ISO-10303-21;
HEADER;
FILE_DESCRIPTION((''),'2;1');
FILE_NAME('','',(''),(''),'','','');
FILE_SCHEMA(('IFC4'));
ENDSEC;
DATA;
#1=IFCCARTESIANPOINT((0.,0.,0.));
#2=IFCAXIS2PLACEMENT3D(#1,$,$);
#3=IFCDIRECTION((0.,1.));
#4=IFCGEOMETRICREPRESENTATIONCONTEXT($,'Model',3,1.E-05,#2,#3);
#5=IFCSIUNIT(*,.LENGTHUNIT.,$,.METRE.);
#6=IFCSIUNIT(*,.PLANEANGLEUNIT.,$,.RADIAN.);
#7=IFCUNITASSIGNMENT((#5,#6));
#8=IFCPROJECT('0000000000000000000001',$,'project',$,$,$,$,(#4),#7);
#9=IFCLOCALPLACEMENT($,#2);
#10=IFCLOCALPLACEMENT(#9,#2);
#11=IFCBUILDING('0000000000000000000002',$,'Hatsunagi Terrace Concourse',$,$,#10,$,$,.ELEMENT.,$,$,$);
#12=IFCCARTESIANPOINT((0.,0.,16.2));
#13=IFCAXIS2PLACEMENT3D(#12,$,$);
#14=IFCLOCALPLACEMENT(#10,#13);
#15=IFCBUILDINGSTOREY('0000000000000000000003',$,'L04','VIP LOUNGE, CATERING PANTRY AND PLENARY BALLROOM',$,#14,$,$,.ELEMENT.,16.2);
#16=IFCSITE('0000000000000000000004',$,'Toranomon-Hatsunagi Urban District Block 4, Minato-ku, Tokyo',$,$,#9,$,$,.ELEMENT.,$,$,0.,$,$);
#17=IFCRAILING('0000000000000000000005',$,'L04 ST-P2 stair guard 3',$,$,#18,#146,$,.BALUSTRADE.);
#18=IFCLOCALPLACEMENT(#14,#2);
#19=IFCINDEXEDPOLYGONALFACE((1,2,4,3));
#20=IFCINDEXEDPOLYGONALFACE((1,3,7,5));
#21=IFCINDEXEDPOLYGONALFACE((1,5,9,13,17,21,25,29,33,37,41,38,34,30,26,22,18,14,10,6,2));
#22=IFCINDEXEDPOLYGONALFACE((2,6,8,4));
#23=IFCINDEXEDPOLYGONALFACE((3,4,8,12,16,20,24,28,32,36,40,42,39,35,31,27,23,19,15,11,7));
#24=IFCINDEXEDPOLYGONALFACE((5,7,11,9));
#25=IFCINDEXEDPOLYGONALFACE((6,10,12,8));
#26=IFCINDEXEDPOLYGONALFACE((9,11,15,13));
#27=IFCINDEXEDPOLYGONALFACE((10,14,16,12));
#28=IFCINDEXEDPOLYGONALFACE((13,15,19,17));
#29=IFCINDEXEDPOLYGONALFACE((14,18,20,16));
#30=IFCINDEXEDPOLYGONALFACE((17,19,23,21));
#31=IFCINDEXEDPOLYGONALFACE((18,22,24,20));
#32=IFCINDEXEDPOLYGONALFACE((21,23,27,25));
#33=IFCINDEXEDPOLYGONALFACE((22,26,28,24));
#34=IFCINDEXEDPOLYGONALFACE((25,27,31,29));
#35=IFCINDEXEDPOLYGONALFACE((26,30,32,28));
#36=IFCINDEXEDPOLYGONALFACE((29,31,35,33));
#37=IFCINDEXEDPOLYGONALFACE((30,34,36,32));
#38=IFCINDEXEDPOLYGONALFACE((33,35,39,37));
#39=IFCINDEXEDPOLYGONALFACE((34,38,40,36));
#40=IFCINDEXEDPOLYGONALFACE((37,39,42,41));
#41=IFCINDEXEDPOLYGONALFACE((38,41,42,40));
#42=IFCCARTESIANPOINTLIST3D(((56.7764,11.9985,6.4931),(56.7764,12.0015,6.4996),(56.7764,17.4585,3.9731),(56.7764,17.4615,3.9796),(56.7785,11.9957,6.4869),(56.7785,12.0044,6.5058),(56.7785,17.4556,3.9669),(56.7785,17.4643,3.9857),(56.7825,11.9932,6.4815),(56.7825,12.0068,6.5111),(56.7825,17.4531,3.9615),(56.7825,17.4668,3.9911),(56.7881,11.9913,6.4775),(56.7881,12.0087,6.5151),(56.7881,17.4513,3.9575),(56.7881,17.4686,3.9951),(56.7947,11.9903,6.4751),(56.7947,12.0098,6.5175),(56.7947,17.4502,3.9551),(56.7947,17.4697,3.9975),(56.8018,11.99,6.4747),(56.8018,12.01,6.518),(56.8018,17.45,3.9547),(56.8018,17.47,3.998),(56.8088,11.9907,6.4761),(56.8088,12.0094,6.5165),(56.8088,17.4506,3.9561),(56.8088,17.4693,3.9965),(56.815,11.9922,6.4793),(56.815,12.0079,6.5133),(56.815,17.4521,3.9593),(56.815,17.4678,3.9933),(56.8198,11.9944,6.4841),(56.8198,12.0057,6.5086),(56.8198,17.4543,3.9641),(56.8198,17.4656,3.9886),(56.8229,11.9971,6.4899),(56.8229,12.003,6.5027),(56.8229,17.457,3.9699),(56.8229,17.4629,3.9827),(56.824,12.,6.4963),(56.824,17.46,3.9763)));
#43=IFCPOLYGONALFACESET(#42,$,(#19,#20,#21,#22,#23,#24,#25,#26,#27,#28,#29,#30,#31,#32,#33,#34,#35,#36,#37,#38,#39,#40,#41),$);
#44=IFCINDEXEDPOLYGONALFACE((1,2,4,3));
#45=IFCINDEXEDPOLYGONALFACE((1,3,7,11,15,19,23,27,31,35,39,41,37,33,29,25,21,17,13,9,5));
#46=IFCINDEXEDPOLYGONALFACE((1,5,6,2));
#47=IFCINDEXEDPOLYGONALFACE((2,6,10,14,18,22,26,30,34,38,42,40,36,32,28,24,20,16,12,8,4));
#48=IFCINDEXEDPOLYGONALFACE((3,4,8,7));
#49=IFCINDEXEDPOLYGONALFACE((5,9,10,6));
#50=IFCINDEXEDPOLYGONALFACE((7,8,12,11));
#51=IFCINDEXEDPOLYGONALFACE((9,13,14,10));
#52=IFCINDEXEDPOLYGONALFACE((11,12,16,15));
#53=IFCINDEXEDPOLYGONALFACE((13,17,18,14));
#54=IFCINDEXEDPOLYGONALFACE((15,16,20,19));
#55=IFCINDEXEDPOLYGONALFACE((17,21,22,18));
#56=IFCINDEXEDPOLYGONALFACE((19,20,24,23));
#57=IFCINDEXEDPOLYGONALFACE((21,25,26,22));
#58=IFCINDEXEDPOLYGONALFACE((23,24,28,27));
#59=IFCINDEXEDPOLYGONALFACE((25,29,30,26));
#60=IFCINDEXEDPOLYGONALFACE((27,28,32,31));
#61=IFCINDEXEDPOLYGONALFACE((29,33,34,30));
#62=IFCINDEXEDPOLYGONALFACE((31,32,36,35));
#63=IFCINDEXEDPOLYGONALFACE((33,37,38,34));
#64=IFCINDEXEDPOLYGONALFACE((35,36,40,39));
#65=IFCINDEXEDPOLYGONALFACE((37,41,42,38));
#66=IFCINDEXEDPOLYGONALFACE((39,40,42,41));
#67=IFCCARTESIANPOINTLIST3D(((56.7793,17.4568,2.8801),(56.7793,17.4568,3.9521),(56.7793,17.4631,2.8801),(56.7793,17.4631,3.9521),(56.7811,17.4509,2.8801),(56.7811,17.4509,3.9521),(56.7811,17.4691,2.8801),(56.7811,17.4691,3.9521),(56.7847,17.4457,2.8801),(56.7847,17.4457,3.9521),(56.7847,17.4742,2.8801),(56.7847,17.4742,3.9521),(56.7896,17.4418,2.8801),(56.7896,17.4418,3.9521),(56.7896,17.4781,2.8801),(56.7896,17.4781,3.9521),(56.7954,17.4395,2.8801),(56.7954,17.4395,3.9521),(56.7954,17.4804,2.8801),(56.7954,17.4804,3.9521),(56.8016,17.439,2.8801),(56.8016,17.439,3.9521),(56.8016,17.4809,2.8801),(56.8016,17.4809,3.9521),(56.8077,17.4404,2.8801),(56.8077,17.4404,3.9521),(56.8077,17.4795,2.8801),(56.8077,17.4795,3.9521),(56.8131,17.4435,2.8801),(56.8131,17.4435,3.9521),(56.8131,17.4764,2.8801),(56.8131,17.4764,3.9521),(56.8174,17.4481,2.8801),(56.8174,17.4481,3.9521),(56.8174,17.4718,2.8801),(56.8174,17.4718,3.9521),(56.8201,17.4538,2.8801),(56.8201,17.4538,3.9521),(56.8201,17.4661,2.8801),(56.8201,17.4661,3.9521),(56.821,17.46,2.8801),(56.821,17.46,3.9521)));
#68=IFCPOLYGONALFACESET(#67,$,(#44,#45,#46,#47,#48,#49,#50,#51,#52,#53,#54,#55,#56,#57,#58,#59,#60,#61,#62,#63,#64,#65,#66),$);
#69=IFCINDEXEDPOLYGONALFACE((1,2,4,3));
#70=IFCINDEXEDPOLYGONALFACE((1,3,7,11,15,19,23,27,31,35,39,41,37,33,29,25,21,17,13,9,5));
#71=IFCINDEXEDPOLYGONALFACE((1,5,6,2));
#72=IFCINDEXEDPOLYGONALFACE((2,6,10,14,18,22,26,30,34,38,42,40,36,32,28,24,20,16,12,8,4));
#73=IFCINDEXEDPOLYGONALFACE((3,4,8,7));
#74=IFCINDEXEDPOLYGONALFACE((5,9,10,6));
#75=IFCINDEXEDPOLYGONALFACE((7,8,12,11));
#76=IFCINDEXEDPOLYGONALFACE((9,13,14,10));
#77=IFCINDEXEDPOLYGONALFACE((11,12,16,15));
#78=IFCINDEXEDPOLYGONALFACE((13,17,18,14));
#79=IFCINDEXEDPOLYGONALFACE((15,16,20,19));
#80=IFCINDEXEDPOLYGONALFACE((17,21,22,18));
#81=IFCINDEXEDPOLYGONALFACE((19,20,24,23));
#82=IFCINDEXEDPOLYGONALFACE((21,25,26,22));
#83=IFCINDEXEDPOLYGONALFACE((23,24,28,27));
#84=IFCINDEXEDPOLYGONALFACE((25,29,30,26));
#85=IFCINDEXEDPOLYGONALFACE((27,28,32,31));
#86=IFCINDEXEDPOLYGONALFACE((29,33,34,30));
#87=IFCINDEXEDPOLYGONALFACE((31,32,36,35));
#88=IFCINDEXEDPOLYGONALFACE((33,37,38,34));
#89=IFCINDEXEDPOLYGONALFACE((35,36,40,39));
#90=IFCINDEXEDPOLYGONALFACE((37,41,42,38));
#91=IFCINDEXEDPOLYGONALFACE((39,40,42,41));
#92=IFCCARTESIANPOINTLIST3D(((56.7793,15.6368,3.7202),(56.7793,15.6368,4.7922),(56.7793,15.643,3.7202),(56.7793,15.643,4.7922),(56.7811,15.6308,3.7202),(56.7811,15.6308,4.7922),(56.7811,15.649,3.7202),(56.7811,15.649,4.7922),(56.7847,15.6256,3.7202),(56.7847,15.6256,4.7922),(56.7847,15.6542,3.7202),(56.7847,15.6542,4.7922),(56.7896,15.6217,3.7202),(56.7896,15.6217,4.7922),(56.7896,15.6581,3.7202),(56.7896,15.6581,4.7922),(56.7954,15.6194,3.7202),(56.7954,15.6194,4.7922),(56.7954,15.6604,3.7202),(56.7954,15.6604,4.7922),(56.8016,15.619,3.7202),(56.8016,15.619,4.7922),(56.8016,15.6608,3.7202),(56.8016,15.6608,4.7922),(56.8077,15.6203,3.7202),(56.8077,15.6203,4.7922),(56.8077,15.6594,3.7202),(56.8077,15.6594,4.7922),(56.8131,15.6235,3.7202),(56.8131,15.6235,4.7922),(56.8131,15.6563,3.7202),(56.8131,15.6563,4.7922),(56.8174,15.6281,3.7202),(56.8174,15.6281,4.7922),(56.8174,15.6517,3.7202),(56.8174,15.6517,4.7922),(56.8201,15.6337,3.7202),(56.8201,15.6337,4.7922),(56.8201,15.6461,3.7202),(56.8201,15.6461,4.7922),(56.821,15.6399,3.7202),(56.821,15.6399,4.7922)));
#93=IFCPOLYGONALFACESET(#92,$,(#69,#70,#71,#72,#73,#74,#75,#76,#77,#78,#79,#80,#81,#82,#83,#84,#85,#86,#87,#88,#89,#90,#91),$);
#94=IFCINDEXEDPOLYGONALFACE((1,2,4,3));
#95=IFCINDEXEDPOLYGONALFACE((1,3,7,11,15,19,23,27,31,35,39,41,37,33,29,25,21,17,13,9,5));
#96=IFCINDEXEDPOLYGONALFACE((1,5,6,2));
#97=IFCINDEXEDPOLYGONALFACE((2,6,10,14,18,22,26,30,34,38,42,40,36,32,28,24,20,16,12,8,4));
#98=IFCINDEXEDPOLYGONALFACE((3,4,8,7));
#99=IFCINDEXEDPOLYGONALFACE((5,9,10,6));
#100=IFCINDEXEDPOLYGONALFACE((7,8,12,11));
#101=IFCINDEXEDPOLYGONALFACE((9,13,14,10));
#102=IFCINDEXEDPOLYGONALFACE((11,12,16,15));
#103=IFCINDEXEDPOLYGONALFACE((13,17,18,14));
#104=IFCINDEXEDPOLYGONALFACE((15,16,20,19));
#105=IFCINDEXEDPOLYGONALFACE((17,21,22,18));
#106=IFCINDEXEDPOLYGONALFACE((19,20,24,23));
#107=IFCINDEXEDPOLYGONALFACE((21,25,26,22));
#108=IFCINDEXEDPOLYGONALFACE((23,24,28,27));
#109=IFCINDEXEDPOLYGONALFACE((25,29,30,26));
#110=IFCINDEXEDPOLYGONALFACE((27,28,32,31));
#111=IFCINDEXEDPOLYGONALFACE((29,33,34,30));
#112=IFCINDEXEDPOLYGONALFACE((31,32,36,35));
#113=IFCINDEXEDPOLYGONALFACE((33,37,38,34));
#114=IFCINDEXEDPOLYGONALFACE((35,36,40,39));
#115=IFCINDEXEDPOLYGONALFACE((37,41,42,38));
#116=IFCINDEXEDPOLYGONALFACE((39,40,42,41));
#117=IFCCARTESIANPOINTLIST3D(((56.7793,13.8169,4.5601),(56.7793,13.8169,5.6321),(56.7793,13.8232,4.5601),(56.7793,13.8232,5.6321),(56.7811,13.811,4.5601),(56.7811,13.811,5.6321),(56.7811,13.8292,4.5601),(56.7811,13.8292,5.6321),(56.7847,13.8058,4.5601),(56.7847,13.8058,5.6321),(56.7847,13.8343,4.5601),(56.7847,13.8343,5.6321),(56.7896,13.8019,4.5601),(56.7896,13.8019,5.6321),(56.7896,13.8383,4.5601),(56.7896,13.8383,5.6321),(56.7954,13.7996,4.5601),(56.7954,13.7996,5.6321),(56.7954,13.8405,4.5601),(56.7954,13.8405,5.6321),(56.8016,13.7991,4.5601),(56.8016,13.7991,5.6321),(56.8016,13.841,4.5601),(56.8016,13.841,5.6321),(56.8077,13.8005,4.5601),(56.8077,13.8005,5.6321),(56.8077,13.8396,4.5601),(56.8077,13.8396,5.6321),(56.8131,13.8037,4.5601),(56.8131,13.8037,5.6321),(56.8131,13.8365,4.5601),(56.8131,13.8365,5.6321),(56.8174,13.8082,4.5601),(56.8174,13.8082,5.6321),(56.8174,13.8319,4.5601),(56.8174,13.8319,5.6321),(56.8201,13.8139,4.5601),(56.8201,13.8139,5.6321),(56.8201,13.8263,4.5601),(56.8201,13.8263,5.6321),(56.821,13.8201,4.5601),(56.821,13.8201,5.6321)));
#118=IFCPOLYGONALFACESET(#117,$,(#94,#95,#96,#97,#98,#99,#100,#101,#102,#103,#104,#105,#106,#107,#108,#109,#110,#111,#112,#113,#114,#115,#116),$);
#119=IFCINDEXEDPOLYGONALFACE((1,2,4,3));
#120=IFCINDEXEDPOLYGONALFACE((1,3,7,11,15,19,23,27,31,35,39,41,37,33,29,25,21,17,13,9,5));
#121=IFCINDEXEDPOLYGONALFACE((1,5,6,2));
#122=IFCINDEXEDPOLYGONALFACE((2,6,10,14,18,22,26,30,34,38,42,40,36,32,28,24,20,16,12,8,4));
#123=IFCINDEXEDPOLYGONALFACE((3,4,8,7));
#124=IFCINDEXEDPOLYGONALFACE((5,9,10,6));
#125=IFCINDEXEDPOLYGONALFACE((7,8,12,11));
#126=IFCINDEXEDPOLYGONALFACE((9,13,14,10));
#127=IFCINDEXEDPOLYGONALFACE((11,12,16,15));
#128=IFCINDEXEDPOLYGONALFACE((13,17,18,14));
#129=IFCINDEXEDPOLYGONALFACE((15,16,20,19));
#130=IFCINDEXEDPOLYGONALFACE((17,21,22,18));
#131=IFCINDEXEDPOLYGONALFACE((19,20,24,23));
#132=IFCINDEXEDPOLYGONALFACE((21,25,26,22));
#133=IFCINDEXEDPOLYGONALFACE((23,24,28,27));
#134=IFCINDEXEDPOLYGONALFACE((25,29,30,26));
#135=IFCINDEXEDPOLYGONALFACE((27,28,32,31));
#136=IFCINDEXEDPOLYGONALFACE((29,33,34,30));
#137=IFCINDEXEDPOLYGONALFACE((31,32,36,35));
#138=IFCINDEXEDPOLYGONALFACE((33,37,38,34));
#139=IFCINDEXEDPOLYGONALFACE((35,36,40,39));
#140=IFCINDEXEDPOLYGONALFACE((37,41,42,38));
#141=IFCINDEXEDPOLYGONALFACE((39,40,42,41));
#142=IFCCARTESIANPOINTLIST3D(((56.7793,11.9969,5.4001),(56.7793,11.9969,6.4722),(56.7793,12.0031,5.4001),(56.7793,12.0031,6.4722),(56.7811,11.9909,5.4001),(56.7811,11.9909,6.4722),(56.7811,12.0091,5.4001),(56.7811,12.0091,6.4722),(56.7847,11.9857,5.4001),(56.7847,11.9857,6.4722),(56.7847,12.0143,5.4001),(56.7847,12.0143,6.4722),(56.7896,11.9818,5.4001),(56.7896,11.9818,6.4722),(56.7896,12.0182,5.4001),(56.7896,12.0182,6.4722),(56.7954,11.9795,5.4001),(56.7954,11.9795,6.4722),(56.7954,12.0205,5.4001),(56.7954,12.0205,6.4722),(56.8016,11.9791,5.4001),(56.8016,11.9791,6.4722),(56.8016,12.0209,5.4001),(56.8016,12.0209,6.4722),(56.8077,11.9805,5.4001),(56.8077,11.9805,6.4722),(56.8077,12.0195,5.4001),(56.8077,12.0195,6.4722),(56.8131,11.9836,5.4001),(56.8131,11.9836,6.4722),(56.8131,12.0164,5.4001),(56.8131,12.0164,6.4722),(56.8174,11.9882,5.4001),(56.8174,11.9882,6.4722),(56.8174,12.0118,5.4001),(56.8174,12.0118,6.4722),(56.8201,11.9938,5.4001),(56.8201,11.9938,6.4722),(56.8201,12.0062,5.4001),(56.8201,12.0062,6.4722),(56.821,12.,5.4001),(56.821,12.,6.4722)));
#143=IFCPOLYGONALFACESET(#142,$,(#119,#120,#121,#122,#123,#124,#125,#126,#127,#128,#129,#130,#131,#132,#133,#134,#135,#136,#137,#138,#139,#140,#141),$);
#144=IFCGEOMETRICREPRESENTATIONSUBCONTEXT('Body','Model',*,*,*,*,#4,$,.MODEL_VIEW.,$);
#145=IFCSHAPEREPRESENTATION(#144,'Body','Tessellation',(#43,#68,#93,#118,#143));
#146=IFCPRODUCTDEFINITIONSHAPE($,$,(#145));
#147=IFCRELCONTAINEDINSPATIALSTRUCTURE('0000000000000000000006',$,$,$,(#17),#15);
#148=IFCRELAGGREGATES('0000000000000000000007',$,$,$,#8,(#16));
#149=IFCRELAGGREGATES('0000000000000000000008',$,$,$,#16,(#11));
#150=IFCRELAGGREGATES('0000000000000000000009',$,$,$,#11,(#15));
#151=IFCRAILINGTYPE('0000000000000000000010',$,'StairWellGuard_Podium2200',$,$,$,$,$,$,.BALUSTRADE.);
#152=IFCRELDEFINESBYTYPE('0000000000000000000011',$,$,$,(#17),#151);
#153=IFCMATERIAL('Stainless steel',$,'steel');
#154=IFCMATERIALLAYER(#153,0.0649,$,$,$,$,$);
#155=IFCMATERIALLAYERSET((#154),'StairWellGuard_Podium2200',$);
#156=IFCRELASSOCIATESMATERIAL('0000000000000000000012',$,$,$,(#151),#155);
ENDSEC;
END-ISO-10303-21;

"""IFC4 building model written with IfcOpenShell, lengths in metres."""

from ifc_helpers import new_model, si_unit, direction, frame, origin, origin_2d, place, context, subcontext, project, spatial, circle, extrude, material, layer, layer_set, type_object, element, save


model = new_model("IFC4")

# Units and contexts
model_context = context("Model", 3, precision=1e-05, world=origin(), true_north=direction((0.0, 1.0)))
body_context = subcontext(model_context, "Body", "Model", "MODEL_VIEW")
ifc_project = project(units=[si_unit("LENGTHUNIT", "METRE"), si_unit("PLANEANGLEUNIT", "RADIAN")], contexts=[model_context])

# Site, building, storey
site_placement = place(None, origin())
site = spatial("IfcSite", under=ifc_project, at=site_placement, Name="Toranomon-Hatsunagi Urban District Block 4, Minato-ku, Tokyo", CompositionType="ELEMENT", RefElevation=0.0)
building_placement = place(site_placement, origin())
building = spatial("IfcBuilding", under=site, at=building_placement, Name="Hatsunagi Terrace Concourse", CompositionType="ELEMENT")
storey_placement = place(building_placement, frame((0.0, 0.0, 16.2)))
storey = spatial("IfcBuildingStorey", under=building, at=storey_placement, Name="L04", Description="VIP LOUNGE, CATERING PANTRY AND PLENARY BALLROOM", CompositionType="ELEMENT", Elevation=16.2)

# Railing
ifc_material_1 = material(Name="Stainless steel", Category="steel")
ifc_layer_1 = layer(ifc_material_1, 0.0649)
ifc_layer_set_1 = layer_set([ifc_layer_1], Name="StairWellGuard_Podium2200")
railing_type_1 = type_object("IfcRailingType", Name="StairWellGuard_Podium2200", PredefinedType="BALUSTRADE", material=ifc_layer_set_1)
railing_1_placement = place(storey_placement, frame((56.8, 17.46, 2.8801)))
element("IfcRailing", 1, at=railing_1_placement, inside=storey, type_object=railing_type_1, Name="L04 ST-P2 stair guard 3", PredefinedType="BALUSTRADE", context=body_context, shape_type="SweptSolid", body=[
    extrude(circle(Radius=0.0239, at=origin_2d()), frame((0.0, 0.0, 1.0962), z_axis=(0.0, -0.907957, 0.419063), x_axis=(1.0, 0.0, 0.0)), (0.0, 0.0, 1.0), 6.0134),
    extrude(circle(Radius=0.021, at=origin_2d()), origin(), (0.0, 0.0, 1.0), 1.072),
    extrude(circle(Radius=0.021, at=origin_2d()), frame((0.0, -1.8201, 0.8401)), (0.0, 0.0, 1.0), 1.072),
    extrude(circle(Radius=0.021, at=origin_2d()), frame((0.0, -3.6399, 1.6799)), (0.0, 0.0, 1.0), 1.072),
    extrude(circle(Radius=0.021, at=origin_2d()), frame((0.0, -5.46, 2.52)), (0.0, 0.0, 1.0), 1.072),
])

save(model, "model.ifc")
